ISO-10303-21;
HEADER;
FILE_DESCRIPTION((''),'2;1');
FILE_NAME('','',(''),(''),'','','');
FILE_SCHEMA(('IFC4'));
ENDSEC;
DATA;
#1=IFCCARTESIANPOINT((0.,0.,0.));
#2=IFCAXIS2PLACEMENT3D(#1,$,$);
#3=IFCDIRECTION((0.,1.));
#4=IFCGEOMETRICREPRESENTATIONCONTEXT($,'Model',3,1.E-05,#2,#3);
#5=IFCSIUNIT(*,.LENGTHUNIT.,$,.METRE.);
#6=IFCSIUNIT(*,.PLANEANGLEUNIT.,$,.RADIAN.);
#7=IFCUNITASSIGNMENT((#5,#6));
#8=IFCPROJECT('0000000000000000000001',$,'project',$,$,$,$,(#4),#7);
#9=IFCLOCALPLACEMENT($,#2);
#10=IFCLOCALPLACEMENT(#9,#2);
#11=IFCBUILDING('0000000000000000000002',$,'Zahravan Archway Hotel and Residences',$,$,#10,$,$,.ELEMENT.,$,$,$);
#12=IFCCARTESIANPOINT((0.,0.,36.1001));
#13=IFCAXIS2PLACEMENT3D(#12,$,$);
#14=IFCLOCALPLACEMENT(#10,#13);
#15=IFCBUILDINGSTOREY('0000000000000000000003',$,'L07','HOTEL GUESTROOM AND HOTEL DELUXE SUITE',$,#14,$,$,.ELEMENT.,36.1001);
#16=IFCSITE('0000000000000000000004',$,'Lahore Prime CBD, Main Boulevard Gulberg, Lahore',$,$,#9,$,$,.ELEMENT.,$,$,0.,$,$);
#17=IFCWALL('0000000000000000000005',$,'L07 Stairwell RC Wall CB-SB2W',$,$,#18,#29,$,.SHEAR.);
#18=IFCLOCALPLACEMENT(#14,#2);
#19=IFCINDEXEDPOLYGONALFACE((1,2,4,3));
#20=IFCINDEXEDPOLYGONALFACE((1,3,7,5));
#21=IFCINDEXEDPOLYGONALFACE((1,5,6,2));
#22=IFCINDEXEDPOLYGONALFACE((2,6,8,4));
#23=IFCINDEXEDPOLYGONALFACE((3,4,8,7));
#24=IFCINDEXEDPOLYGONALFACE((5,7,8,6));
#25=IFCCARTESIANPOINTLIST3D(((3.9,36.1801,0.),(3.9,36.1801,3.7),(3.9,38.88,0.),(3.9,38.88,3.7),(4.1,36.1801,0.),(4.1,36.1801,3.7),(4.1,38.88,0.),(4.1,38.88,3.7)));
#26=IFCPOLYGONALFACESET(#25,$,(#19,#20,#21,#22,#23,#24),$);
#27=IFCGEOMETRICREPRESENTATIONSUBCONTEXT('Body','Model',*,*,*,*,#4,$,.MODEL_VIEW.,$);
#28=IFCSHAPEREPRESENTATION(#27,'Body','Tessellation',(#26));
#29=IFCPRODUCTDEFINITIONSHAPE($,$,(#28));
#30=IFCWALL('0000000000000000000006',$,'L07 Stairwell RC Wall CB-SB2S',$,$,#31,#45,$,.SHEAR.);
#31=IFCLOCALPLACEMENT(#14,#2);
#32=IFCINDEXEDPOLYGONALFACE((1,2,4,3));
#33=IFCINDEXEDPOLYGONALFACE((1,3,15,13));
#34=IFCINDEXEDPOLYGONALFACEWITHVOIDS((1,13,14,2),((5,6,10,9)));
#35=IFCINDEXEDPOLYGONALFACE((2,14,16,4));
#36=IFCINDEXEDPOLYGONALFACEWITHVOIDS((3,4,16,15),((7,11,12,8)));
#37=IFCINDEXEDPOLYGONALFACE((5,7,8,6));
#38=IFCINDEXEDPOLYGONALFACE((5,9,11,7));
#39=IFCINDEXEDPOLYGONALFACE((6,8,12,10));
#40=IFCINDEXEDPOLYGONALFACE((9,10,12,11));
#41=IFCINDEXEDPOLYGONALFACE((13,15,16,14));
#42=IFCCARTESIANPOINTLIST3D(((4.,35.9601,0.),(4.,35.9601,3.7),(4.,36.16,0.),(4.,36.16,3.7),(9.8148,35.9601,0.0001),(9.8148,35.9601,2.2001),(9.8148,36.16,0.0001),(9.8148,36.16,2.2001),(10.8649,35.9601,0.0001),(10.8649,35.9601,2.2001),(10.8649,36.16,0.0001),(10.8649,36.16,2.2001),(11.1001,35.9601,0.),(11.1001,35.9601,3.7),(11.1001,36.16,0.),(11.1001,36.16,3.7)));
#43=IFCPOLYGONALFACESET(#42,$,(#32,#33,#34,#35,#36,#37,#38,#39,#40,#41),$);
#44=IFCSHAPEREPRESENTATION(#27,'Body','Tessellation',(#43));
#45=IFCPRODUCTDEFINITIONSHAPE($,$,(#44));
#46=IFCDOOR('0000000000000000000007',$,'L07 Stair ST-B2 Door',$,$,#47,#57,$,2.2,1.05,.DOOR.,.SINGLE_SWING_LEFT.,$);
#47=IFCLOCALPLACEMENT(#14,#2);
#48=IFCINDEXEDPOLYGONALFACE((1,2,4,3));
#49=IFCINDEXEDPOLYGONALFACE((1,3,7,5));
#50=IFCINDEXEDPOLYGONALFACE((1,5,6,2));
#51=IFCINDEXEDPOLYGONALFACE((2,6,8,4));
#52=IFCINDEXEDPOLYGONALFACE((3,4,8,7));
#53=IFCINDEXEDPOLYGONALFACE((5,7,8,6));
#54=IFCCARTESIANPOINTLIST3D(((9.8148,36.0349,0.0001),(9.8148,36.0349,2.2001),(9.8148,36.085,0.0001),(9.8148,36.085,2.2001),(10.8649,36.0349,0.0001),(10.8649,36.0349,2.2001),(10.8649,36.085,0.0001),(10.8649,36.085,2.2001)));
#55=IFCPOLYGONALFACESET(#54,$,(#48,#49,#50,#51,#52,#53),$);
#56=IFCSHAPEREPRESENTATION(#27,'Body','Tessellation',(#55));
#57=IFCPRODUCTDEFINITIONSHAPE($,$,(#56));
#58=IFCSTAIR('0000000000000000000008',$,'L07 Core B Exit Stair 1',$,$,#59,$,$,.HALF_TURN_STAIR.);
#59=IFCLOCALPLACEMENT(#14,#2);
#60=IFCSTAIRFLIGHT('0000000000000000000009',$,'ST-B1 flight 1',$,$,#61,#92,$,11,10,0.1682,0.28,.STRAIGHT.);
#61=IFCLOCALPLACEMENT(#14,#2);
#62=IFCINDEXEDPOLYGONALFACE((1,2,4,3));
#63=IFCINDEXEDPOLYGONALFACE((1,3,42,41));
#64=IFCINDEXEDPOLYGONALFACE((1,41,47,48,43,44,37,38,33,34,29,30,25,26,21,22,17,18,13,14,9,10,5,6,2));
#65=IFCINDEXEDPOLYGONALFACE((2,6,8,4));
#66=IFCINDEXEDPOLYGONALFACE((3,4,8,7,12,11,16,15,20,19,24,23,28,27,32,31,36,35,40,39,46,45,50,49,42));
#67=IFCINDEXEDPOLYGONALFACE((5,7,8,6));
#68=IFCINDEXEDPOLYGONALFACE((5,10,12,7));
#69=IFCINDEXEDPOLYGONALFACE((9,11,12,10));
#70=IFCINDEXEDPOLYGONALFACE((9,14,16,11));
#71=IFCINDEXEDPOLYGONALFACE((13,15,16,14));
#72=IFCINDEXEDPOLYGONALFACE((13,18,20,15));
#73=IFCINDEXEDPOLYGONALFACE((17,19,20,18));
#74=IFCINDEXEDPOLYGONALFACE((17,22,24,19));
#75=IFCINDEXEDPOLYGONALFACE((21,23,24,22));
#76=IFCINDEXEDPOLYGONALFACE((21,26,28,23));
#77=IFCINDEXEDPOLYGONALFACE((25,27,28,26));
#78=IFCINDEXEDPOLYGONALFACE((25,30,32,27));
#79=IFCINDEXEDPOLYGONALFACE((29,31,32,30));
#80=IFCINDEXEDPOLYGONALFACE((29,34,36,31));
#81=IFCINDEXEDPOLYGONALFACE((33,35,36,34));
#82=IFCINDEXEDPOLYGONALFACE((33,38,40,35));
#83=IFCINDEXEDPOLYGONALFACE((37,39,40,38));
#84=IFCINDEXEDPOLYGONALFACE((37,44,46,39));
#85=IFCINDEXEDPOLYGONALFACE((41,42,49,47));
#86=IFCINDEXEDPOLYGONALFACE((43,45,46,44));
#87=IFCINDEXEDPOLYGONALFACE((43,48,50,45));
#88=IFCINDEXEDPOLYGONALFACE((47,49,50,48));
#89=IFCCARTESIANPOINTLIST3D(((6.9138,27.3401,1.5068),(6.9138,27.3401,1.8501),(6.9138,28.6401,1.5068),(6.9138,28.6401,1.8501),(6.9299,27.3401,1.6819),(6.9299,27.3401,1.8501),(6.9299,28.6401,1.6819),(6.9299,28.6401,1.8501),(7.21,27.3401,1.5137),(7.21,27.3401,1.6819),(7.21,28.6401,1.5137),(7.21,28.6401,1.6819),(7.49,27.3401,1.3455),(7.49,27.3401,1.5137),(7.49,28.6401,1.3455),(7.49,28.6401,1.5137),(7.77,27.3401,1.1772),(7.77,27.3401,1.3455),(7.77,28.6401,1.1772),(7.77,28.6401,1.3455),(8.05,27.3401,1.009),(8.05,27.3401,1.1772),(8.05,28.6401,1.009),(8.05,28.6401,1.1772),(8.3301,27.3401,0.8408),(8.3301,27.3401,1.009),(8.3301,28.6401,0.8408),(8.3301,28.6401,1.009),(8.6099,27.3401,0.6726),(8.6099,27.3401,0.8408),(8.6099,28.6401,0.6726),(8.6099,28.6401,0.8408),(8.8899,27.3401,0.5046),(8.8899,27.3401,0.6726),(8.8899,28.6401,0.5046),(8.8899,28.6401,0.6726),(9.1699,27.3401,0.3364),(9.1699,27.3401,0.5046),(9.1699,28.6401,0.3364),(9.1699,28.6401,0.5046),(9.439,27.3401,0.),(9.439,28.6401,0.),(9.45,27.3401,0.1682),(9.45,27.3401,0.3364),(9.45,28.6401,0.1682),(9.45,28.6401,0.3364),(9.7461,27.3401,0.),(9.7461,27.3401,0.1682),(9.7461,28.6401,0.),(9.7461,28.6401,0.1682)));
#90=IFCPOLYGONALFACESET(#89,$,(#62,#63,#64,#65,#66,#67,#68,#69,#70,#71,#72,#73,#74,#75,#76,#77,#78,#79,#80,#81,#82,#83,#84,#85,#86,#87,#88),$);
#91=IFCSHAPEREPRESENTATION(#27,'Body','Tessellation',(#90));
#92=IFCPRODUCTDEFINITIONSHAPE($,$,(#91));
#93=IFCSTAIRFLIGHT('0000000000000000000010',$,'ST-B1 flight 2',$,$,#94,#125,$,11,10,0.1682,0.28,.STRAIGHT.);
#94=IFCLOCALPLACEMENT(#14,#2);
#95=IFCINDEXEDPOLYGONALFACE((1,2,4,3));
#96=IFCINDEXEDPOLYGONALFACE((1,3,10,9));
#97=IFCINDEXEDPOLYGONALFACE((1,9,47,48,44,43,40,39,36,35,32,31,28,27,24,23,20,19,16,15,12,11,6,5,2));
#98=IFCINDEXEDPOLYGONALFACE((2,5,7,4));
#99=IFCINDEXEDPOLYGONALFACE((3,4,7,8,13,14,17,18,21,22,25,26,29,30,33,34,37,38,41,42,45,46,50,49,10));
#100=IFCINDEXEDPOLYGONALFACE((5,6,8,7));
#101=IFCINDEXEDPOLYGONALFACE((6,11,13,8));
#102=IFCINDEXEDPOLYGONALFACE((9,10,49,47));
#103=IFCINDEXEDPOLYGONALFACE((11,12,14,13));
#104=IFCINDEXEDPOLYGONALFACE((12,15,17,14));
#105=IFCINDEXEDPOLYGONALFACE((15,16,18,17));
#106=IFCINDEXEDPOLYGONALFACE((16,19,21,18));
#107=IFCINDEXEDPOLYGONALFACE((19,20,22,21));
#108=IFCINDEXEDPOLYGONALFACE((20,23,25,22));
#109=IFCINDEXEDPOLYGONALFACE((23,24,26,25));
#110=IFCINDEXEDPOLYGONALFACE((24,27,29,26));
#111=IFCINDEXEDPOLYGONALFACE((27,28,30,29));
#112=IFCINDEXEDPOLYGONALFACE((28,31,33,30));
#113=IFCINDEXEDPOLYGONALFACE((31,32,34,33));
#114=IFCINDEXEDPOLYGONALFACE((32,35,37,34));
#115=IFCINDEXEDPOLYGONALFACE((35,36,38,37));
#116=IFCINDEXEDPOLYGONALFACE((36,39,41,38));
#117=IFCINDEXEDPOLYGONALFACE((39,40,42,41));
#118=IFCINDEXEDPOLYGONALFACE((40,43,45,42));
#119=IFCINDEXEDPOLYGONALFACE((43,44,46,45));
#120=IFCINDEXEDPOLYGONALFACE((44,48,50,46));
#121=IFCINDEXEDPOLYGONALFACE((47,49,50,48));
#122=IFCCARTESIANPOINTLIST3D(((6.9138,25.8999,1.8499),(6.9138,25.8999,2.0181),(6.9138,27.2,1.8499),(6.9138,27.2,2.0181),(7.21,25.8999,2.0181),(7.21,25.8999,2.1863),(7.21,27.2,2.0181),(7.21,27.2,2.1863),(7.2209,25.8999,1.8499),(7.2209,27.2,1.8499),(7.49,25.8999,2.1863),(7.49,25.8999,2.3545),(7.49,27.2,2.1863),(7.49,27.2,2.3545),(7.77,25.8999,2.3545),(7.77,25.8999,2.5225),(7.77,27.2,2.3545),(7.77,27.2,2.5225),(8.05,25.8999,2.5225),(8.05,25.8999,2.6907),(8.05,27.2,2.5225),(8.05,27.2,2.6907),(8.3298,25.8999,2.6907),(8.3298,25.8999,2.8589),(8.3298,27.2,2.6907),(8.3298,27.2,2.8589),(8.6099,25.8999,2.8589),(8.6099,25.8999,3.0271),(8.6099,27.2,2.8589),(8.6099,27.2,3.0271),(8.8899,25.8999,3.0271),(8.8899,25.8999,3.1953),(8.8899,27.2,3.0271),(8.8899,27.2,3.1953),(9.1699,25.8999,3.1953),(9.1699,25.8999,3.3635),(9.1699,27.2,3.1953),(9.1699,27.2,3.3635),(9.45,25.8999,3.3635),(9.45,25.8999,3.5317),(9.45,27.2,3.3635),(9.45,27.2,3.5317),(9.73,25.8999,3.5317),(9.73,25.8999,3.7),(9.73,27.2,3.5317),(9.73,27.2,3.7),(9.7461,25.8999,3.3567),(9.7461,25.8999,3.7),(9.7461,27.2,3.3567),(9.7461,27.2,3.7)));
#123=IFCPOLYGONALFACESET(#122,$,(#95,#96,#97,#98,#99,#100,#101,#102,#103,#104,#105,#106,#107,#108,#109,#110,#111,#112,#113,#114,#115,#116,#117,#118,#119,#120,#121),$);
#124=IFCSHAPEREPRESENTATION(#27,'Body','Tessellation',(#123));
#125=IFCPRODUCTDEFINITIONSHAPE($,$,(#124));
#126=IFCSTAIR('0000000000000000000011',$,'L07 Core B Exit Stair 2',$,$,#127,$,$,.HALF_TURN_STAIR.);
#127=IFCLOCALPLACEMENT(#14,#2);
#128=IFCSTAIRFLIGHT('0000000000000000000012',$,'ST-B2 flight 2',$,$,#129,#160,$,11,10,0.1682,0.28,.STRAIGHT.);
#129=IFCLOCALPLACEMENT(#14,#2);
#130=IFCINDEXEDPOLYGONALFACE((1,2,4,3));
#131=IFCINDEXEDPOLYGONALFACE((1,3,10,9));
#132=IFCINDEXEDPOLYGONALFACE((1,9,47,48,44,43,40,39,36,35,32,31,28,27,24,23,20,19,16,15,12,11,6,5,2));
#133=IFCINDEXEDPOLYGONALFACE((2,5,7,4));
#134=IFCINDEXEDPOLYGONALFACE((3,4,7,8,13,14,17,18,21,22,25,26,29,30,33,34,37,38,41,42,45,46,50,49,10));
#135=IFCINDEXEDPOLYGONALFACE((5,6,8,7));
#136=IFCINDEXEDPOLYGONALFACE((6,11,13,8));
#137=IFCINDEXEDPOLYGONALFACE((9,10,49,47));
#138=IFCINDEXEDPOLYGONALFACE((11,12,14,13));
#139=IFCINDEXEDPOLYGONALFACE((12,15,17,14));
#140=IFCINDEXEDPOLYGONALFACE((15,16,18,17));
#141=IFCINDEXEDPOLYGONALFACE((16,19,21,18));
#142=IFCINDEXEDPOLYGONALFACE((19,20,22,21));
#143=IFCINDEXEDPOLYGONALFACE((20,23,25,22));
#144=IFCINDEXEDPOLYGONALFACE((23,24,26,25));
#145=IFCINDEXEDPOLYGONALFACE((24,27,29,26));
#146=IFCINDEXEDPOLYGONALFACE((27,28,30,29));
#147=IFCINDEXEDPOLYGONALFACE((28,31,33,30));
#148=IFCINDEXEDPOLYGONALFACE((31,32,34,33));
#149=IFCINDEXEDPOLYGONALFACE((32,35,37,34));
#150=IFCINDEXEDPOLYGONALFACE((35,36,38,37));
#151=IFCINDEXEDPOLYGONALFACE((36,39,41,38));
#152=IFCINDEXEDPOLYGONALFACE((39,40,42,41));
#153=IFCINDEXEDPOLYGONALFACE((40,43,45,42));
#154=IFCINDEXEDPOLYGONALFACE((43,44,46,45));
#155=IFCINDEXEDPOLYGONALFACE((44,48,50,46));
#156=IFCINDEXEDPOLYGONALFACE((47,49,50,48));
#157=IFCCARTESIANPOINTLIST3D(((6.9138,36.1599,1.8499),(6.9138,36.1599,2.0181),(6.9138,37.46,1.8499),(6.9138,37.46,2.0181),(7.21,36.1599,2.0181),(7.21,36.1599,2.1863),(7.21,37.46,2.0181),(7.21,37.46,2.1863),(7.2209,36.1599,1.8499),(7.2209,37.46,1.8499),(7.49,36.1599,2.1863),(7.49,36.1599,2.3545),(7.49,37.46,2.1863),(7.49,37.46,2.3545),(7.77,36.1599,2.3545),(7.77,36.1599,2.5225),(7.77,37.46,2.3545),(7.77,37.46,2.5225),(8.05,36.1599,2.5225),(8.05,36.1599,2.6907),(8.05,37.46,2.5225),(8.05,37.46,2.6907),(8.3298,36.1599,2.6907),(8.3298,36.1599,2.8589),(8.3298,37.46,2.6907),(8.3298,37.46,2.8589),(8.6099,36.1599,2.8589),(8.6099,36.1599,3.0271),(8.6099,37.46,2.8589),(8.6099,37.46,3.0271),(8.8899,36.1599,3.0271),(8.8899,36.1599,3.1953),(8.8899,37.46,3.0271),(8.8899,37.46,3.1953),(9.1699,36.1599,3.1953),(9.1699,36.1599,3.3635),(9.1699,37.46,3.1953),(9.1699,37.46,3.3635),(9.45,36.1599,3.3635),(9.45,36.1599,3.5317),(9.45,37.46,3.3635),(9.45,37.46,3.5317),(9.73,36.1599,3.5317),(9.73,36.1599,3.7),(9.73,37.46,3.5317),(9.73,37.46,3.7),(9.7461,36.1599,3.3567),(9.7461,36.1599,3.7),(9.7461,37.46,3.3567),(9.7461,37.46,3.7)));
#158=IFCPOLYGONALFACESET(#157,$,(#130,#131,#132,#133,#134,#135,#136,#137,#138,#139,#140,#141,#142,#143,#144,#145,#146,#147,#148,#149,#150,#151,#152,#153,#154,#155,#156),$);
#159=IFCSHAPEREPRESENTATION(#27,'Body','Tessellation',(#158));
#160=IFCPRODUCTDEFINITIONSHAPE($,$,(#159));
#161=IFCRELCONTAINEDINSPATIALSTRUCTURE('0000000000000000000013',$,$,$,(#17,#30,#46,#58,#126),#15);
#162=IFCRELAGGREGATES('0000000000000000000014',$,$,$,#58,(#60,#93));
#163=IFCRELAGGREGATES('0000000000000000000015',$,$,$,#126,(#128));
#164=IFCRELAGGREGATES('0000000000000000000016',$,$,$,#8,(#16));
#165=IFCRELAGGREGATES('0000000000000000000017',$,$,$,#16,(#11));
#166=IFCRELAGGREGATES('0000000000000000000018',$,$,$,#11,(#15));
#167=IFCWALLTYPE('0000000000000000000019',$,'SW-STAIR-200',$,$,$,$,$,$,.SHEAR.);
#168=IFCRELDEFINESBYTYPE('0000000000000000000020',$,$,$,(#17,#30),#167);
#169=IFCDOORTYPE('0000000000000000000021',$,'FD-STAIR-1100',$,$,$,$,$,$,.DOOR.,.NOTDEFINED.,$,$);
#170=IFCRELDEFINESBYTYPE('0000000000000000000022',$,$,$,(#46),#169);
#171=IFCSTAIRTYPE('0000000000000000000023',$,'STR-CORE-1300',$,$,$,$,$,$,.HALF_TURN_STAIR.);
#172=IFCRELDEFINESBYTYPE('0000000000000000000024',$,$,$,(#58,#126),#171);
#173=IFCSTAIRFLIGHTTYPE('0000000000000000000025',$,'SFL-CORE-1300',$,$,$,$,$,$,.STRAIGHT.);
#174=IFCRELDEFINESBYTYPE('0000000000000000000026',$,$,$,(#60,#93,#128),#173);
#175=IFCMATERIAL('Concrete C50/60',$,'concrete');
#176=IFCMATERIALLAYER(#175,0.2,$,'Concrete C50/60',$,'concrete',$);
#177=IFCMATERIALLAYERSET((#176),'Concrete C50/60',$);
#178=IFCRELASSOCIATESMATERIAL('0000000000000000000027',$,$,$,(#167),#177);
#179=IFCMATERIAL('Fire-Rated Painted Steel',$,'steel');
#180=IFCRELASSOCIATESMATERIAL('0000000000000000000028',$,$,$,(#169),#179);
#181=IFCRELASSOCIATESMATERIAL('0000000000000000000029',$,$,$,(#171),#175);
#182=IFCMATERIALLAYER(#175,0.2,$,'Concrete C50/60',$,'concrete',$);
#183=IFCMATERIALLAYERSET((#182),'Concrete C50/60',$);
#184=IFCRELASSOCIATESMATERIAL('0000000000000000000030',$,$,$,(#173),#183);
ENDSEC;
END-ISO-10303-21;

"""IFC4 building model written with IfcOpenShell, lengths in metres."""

from ifc_helpers import new_model, si_unit, direction, frame, frame_2d, origin, place, context, subcontext, project, spatial, polyline, rectangle, outline, extrude, source, transform, mapped, material, layer, layer_set, type_object, type_shapes, element, fill, aggregate, save


model = new_model("IFC4")

# Units and contexts
model_context = context("Model", 3, precision=1e-05, world=origin(), true_north=direction((0.0, 1.0)))
body_context = subcontext(model_context, "Body", "Model", "MODEL_VIEW")
ifc_project = project(units=[si_unit("LENGTHUNIT", "METRE"), si_unit("PLANEANGLEUNIT", "RADIAN")], contexts=[model_context])

# Site, building, storey
site_placement = place(None, origin())
site = spatial("IfcSite", under=ifc_project, at=site_placement, Name="Lahore Prime CBD, Main Boulevard Gulberg, Lahore", CompositionType="ELEMENT", RefElevation=0.0)
building_placement = place(site_placement, origin())
building = spatial("IfcBuilding", under=site, at=building_placement, Name="Zahravan Archway Hotel and Residences", CompositionType="ELEMENT")
storey_placement = place(building_placement, frame((0.0, 0.0, 36.1001)))
storey = spatial("IfcBuildingStorey", under=building, at=storey_placement, Name="L07", Description="HOTEL GUESTROOM AND HOTEL DELUXE SUITE", CompositionType="ELEMENT", Elevation=36.1001)

# Shared definitions
ifc_material_1 = material(Name="Fire-Rated Painted Steel", Category="steel")

# Shared definitions
ifc_material_2 = material(Name="Concrete C50/60", Category="concrete")
ifc_layer_1 = layer(ifc_material_2, 0.2, Name="Concrete C50/60", Category="concrete")
ifc_layer_set_1 = layer_set([ifc_layer_1], Name="Concrete C50/60")
wall_type_1 = type_object("IfcWallType", Name="SW-STAIR-200", PredefinedType="SHEAR", material=ifc_layer_set_1)
door_type_1 = type_object("IfcDoorType", Name="FD-STAIR-1100", OperationType="NOTDEFINED", PredefinedType="DOOR", material=ifc_material_1)
shared_shape_1 = source(origin(), body_context, "Body", "SweptSolid", [
    extrude(rectangle(XDim=1.05, YDim=2.2, at=frame_2d((0.5249, 1.1001))), frame((0.0, 0.0249, 0.0), z_axis=(0.0, -1.0, 0.0), x_axis=(1.0, 0.0, 0.0)), (0.0, 0.0, 1.0), 0.05),
])
type_shapes(door_type_1, [shared_shape_1])

# Wall
wall_1_placement = place(storey_placement, frame((4.0, 36.1799, 0.0), z_axis=(0.0, 0.0, 1.0), x_axis=(0.0, 1.0, 0.0)))
element("IfcWall", 1, at=wall_1_placement, inside=storey, type_object=wall_type_1, Name="L07 Stairwell RC Wall CB-SB2W", PredefinedType="SHEAR", context=body_context, shape_type="SweptSolid", body=[
    extrude(rectangle(XDim=2.7, YDim=0.2, at=frame_2d((1.3501, 0.0))), origin(), (0.0, 0.0, 1.0), 3.7),
])

# Wall, opening, door
wall_2_placement = place(storey_placement, frame((4.0, 36.0601, 0.0), z_axis=(0.0, 0.0, 1.0), x_axis=(1.0, 0.0, 0.0)))
wall_2 = element("IfcWall", 2, at=wall_2_placement, inside=storey, type_object=wall_type_1, Name="L07 Stairwell RC Wall CB-SB2S", PredefinedType="SHEAR", context=body_context, shape_type="SweptSolid", body=[
    extrude(rectangle(XDim=7.1001, YDim=0.2, at=frame_2d((3.55, 0.0))), origin(), (0.0, 0.0, 1.0), 3.7),
])
opening_1_placement = place(wall_2_placement, frame((5.8149, 0.0, 0.0)))
opening_1 = element("IfcOpeningElement", 3, at=opening_1_placement, cuts=wall_2, PredefinedType="OPENING", context=body_context, shape_type="SweptSolid", body=[
    extrude(rectangle(XDim=1.05, YDim=2.2, at=frame_2d((0.5249, 1.1001))), frame((0.0, 0.1099, 0.0), z_axis=(0.0, -1.0, 0.0), x_axis=(1.0, 0.0, 0.0)), (0.0, 0.0, 1.0), 0.22),
])
door_1_placement = place(opening_1_placement, origin())
door_1 = element("IfcDoor", 4, at=door_1_placement, inside=storey, type_object=door_type_1, Name="L07 Stair ST-B2 Door", OperationType="SINGLE_SWING_LEFT", OverallHeight=2.2, OverallWidth=1.05, PredefinedType="DOOR", context=body_context, shape_type="MappedRepresentation", body=[
    mapped(shared_shape_1, transform((0.0, 0.0, 0.0), scale=1.0)),
])
fill(opening_1, door_1)

# Stair, stair flights
stair_type = type_object("IfcStairType", Name="STR-CORE-1300", PredefinedType="HALF_TURN_STAIR", material=ifc_material_2)
stair_1_placement = place(storey_placement, origin())
stair_1 = element("IfcStair", 5, at=stair_1_placement, inside=storey, type_object=stair_type, Name="L07 Core B Exit Stair 1", PredefinedType="HALF_TURN_STAIR")
ifc_layer_2 = layer(ifc_material_2, 0.2, Name="Concrete C50/60", Category="concrete")
ifc_layer_set_2 = layer_set([ifc_layer_2], Name="Concrete C50/60")
stair_flight_type = type_object("IfcStairFlightType", Name="SFL-CORE-1300", PredefinedType="STRAIGHT", material=ifc_layer_set_2)
shared_shape_2 = source(origin(), body_context, "Body", "SweptSolid", [
    extrude(outline(polyline([(-0.0161, 0.0), (-0.0161, 0.1682), (0.28, 0.1682), (0.28, 0.3364), (0.5601, 0.3364), (0.5601, 0.5046), (0.8401, 0.5046), (0.8401, 0.6726), (1.1201, 0.6726), (1.1201, 0.8408), (1.3999, 0.8408), (1.3999, 1.009), (1.6799, 1.009), (1.6799, 1.1772), (1.96, 1.1772), (1.96, 1.3455), (2.24, 1.3455), (2.24, 1.5137), (2.52, 1.5137), (2.52, 1.6819), (2.8, 1.6819), (2.8, 1.8501), (2.8162, 1.8501), (2.8162, 1.5068), (0.291, 0.0), (-0.0161, 0.0)])), frame((0.0, 0.6499, 0.0), z_axis=(0.0, -1.0, 0.0), x_axis=(1.0, 0.0, 0.0)), (0.0, 0.0, 1.0), 1.3),
])
stair_flight_1_placement = place(storey_placement, frame((9.73, 27.99, 0.0), z_axis=(0.0, 0.0, 1.0), x_axis=(-1.0, 0.0, 0.0)))
stair_flight_1 = element("IfcStairFlight", 6, at=stair_flight_1_placement, type_object=stair_flight_type, Name="ST-B1 flight 1", NumberOfRisers=11, NumberOfTreads=10, PredefinedType="STRAIGHT", RiserHeight=0.1682, TreadLength=0.28, context=body_context, shape_type="MappedRepresentation", body=[
    mapped(shared_shape_2, transform((0.0, 0.0, 0.0), scale=1.0)),
])
stair_flight_2_placement = place(storey_placement, frame((6.9299, 26.55, 1.8499), z_axis=(0.0, 0.0, 1.0), x_axis=(1.0, 0.0, 0.0)))
stair_flight_2 = element("IfcStairFlight", 7, at=stair_flight_2_placement, type_object=stair_flight_type, Name="ST-B1 flight 2", NumberOfRisers=11, NumberOfTreads=10, PredefinedType="STRAIGHT", RiserHeight=0.1682, TreadLength=0.28, context=body_context, shape_type="MappedRepresentation", body=[
    mapped(shared_shape_2, transform((0.0, 0.0, 0.0), scale=1.0)),
])
aggregate(stair_1, [stair_flight_1, stair_flight_2])

# Stair, stair flight
stair_2_placement = place(storey_placement, origin())
stair_2 = element("IfcStair", 8, at=stair_2_placement, inside=storey, type_object=stair_type, Name="L07 Core B Exit Stair 2", PredefinedType="HALF_TURN_STAIR")
stair_flight_3_placement = place(storey_placement, frame((6.9299, 36.8101, 1.8499), z_axis=(0.0, 0.0, 1.0), x_axis=(1.0, 0.0, 0.0)))
stair_flight_3 = element("IfcStairFlight", 9, at=stair_flight_3_placement, type_object=stair_flight_type, Name="ST-B2 flight 2", NumberOfRisers=11, NumberOfTreads=10, PredefinedType="STRAIGHT", RiserHeight=0.1682, TreadLength=0.28, context=body_context, shape_type="MappedRepresentation", body=[
    mapped(shared_shape_2, transform((0.0, 0.0, 0.0), scale=1.0)),
])
aggregate(stair_2, [stair_flight_3])

save(model, "model.ifc")
